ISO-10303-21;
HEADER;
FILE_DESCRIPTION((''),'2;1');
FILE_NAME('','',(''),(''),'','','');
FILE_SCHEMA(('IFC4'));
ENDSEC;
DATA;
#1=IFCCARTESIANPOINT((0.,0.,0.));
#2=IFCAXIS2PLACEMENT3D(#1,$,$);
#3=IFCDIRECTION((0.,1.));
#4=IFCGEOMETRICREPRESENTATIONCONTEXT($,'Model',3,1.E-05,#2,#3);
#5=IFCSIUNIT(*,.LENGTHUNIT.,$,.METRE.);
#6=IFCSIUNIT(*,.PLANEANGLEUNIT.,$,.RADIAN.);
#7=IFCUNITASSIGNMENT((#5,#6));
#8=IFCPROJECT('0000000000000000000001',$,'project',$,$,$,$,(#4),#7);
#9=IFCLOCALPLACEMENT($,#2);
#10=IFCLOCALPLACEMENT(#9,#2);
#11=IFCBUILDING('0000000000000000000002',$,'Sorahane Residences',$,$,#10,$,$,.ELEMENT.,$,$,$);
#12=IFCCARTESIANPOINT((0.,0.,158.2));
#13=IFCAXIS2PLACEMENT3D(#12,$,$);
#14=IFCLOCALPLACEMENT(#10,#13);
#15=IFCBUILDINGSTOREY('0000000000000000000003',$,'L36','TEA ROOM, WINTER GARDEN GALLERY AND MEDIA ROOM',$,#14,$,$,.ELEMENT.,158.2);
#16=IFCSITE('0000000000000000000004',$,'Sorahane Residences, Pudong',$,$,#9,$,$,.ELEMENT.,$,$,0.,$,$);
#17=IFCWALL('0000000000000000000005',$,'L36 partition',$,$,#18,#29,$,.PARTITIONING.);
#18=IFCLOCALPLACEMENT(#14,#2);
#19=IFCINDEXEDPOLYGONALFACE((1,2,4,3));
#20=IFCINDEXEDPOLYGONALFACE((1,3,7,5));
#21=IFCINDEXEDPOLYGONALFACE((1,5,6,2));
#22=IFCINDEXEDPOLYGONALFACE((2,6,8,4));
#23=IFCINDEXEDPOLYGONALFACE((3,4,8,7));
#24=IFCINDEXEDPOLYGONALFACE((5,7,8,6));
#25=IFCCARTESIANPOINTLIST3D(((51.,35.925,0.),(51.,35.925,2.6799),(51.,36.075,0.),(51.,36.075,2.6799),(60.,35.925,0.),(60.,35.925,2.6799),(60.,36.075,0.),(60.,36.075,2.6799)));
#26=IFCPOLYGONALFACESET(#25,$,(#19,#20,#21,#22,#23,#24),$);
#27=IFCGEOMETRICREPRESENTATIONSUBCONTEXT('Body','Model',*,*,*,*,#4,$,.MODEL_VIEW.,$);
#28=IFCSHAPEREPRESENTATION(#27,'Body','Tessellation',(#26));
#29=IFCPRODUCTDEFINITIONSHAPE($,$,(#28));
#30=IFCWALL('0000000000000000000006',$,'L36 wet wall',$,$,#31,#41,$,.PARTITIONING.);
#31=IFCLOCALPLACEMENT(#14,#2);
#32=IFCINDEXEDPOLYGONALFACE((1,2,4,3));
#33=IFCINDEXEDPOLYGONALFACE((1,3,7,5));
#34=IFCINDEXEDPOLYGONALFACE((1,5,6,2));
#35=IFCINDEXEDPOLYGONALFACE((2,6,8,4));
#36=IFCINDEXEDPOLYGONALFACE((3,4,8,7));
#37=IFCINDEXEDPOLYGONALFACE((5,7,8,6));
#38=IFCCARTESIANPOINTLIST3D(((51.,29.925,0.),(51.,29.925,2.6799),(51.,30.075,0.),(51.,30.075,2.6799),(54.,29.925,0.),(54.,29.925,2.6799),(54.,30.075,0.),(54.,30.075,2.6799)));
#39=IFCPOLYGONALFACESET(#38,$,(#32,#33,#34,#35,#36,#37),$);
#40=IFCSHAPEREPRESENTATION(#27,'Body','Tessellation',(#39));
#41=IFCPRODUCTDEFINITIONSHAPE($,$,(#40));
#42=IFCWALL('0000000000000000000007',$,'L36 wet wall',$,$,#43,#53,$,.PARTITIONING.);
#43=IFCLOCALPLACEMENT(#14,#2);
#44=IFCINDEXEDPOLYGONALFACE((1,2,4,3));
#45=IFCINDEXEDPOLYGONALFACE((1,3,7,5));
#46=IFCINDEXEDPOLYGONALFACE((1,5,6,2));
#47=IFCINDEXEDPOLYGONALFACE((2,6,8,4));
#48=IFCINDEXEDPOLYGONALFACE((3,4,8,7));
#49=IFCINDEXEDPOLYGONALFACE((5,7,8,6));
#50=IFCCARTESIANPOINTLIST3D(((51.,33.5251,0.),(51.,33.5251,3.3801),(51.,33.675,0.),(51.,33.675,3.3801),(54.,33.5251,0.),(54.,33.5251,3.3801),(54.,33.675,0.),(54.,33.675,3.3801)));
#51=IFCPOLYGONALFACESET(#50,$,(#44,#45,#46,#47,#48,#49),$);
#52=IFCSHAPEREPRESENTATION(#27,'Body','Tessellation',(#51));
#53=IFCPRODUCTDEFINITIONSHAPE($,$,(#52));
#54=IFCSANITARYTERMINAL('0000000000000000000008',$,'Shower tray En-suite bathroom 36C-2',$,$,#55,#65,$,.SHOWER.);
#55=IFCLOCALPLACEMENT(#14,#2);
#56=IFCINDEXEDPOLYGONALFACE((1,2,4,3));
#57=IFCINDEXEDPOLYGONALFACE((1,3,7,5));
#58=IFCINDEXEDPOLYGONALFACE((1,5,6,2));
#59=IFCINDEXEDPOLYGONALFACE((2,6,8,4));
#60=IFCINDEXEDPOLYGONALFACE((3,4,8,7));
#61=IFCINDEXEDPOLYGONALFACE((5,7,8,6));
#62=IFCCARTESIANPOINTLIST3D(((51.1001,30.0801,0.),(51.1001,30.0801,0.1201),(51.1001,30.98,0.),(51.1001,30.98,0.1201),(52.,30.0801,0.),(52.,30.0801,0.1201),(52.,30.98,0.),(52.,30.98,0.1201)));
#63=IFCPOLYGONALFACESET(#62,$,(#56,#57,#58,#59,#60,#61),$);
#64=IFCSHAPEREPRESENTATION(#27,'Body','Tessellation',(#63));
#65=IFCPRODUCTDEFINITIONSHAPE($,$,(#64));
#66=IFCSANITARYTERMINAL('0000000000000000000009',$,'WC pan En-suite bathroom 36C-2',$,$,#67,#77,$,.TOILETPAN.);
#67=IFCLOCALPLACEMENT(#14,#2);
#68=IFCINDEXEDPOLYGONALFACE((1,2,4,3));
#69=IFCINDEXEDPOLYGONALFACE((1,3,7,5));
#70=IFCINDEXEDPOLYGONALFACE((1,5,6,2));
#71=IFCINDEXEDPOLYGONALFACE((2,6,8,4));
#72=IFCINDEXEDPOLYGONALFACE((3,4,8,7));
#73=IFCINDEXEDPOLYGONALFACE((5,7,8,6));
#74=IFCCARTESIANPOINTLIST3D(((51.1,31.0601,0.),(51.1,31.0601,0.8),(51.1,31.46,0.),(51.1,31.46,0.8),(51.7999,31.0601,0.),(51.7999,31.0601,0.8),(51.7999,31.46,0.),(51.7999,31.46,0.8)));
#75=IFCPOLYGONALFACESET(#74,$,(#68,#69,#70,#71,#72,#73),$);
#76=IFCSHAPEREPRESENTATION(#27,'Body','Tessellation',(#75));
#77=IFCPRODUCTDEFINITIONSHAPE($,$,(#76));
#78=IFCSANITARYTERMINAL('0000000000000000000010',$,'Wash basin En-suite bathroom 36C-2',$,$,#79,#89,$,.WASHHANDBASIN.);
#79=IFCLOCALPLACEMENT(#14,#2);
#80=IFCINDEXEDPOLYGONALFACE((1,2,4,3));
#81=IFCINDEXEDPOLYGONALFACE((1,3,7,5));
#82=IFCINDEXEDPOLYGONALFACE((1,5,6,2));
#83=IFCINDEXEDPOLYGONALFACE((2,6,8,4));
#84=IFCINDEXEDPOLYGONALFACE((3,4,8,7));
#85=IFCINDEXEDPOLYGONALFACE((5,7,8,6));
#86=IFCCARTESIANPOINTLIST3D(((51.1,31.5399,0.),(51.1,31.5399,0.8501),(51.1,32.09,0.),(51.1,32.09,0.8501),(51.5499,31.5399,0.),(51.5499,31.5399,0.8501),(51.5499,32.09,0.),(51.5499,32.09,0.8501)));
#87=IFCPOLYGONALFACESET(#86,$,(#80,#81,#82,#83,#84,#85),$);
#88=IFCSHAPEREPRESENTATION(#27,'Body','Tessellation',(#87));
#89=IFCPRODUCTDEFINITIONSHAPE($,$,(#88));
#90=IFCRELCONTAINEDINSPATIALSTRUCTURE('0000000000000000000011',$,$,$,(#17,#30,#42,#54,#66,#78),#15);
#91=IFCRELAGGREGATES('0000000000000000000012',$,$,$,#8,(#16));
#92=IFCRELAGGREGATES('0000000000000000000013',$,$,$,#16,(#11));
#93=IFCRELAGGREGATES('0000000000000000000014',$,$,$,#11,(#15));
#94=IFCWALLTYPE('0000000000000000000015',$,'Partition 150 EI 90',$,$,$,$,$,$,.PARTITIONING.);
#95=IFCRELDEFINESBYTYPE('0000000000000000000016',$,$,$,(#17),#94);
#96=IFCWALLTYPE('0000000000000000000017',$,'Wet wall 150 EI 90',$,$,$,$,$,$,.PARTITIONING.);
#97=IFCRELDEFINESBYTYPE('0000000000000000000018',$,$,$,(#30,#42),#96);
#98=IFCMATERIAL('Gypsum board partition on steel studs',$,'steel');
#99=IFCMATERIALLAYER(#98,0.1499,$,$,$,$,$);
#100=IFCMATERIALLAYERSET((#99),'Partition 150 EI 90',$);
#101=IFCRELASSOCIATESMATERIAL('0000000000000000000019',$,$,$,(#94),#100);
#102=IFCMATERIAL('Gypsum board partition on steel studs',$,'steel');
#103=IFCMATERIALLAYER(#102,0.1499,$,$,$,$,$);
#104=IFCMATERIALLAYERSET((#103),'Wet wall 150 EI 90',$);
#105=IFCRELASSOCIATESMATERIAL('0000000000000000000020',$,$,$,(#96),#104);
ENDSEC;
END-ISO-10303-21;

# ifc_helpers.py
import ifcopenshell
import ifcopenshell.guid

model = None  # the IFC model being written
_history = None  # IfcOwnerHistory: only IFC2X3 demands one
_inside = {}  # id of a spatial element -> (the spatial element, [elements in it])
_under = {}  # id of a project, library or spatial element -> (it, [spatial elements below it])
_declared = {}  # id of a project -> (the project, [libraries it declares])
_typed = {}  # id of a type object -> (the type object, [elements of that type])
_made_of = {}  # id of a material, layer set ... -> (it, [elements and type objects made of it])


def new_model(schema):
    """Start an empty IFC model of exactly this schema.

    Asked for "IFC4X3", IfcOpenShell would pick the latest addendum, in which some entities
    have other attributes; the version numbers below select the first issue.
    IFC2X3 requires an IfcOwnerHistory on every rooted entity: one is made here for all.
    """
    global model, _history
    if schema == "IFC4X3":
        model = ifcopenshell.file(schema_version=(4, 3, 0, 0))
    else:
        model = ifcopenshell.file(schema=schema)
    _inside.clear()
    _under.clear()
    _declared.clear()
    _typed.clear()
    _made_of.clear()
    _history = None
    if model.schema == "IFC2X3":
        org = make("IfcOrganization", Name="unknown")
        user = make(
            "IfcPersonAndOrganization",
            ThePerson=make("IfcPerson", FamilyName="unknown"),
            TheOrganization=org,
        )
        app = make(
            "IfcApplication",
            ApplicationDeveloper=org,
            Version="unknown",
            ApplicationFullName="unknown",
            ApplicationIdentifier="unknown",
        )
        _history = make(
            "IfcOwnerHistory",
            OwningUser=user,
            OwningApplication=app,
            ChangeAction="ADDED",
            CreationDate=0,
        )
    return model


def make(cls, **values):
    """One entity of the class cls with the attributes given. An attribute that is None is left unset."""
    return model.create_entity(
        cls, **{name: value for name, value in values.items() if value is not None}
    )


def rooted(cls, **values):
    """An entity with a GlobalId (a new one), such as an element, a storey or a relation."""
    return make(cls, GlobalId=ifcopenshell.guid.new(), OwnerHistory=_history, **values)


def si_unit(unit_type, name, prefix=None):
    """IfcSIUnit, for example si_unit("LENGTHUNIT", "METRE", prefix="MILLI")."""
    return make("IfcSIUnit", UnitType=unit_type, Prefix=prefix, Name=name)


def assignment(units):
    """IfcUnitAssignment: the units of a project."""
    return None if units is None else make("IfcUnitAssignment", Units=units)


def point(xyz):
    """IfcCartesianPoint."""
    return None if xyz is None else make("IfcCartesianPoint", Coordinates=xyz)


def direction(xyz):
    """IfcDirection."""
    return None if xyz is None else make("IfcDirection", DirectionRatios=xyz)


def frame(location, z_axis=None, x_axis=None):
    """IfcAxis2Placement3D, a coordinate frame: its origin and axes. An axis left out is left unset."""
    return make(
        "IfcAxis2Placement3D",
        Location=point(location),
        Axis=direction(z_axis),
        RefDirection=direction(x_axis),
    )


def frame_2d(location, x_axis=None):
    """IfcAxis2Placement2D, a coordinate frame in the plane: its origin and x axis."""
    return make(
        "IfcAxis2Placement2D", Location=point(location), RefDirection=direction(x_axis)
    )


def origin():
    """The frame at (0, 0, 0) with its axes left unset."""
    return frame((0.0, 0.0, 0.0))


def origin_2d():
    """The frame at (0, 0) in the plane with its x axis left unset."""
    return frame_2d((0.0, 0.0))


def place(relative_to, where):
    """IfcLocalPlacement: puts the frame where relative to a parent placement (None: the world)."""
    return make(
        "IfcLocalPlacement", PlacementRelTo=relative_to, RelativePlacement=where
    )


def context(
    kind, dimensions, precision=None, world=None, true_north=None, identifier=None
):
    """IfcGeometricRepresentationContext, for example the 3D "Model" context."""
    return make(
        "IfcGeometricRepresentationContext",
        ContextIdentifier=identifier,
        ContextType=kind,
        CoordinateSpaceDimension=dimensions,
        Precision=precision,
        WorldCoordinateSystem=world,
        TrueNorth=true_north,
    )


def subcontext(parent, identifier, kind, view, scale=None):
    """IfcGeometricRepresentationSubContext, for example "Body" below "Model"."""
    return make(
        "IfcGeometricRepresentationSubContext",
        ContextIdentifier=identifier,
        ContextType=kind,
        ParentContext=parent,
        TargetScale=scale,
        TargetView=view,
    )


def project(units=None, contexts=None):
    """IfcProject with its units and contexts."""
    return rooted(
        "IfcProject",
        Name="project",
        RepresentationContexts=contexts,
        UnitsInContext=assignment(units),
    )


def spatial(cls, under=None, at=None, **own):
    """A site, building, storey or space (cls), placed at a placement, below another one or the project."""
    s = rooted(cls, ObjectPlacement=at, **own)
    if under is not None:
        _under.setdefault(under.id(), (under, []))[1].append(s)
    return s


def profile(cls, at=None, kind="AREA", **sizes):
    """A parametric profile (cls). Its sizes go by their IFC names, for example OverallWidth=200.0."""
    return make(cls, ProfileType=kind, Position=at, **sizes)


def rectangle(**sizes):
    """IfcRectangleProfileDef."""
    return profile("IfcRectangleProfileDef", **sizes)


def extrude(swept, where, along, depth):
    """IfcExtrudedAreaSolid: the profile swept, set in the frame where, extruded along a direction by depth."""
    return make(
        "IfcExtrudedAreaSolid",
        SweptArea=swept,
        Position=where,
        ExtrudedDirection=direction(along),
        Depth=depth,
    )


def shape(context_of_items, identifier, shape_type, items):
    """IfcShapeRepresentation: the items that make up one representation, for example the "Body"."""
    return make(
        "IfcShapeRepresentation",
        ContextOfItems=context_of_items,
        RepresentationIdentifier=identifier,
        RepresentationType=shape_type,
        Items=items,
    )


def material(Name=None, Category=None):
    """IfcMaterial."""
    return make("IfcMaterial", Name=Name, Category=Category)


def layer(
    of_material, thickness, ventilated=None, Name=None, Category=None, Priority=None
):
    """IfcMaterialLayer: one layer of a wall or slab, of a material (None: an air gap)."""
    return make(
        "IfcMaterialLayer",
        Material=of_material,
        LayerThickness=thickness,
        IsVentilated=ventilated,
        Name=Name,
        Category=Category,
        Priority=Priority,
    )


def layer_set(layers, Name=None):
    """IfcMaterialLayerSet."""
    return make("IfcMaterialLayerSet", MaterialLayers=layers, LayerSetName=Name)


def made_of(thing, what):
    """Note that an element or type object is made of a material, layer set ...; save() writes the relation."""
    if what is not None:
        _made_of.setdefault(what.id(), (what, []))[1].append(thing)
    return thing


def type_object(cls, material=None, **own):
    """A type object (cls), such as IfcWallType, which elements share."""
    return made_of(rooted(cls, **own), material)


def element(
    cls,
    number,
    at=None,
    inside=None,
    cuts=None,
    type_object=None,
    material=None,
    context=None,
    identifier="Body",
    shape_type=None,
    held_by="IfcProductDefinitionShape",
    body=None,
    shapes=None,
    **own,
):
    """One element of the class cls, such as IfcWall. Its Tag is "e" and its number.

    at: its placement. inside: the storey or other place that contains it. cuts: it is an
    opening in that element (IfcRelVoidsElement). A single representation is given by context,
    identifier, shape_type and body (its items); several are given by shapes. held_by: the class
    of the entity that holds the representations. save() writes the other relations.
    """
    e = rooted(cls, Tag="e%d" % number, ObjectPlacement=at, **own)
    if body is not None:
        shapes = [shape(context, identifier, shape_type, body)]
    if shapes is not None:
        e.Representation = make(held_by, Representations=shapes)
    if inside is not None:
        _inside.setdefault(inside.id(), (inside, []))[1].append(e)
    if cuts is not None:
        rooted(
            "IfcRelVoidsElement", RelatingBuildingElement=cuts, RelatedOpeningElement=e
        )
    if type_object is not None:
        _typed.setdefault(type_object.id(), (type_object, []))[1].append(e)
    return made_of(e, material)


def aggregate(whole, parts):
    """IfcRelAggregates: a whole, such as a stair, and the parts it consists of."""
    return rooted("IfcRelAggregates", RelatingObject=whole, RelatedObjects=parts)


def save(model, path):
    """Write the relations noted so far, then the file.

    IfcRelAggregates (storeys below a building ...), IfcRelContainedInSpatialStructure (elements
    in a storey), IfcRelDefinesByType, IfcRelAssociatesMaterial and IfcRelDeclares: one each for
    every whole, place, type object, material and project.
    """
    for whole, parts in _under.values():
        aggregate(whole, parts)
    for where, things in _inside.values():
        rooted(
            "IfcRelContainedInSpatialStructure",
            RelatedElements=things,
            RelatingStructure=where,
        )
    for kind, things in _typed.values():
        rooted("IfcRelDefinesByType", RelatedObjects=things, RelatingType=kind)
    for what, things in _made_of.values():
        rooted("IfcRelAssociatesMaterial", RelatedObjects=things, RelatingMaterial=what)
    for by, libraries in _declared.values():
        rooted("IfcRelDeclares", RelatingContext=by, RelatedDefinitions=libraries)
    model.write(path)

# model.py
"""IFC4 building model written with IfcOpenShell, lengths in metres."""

from ifc_helpers import new_model, si_unit, direction, frame, frame_2d, origin, origin_2d, place, context, subcontext, project, spatial, rectangle, extrude, material, layer, layer_set, type_object, element, save


model = new_model("IFC4")

# Units and contexts
model_context = context("Model", 3, precision=1e-05, world=origin(), true_north=direction((0.0, 1.0)))
body_context = subcontext(model_context, "Body", "Model", "MODEL_VIEW")
ifc_project = project(units=[si_unit("LENGTHUNIT", "METRE"), si_unit("PLANEANGLEUNIT", "RADIAN")], contexts=[model_context])

# Site, building, storey
site_placement = place(None, origin())
site = spatial("IfcSite", under=ifc_project, at=site_placement, Name="Sorahane Residences, Pudong", CompositionType="ELEMENT", RefElevation=0.0)
building_placement = place(site_placement, origin())
building = spatial("IfcBuilding", under=site, at=building_placement, Name="Sorahane Residences", CompositionType="ELEMENT")
storey_placement = place(building_placement, frame((0.0, 0.0, 158.2)))
storey = spatial("IfcBuildingStorey", under=building, at=storey_placement, Name="L36", Description="TEA ROOM, WINTER GARDEN GALLERY AND MEDIA ROOM", CompositionType="ELEMENT", Elevation=158.2)

# Shared definitions
ifc_material_1 = material(Name="Gypsum board partition on steel studs", Category="steel")
ifc_layer_1 = layer(ifc_material_1, 0.1499)
ifc_layer_set_1 = layer_set([ifc_layer_1], Name="Partition 150 EI 90")
wall_type_1 = type_object("IfcWallType", Name="Partition 150 EI 90", PredefinedType="PARTITIONING", material=ifc_layer_set_1)

# Wall
wall_1_placement = place(storey_placement, frame((51.0, 36.0, 0.0), z_axis=(0.0, 0.0, 1.0), x_axis=(1.0, 0.0, 0.0)))
element("IfcWall", 1, at=wall_1_placement, inside=storey, type_object=wall_type_1, Name="L36 partition", PredefinedType="PARTITIONING", context=body_context, shape_type="SweptSolid", body=[
    extrude(rectangle(XDim=9.0, YDim=0.1499, at=frame_2d((4.5, 0.0))), origin(), (0.0, 0.0, 1.0), 2.6799),
])

# Shared definitions
ifc_material_2 = material(Name="Gypsum board partition on steel studs", Category="steel")
ifc_layer_2 = layer(ifc_material_2, 0.1499)
ifc_layer_set_2 = layer_set([ifc_layer_2], Name="Wet wall 150 EI 90")
wall_type_2 = type_object("IfcWallType", Name="Wet wall 150 EI 90", PredefinedType="PARTITIONING", material=ifc_layer_set_2)

# Walls
wall_2_placement = place(storey_placement, frame((51.0, 30.0, 0.0), z_axis=(0.0, 0.0, 1.0), x_axis=(1.0, 0.0, 0.0)))
element("IfcWall", 2, at=wall_2_placement, inside=storey, type_object=wall_type_2, Name="L36 wet wall", PredefinedType="PARTITIONING", context=body_context, shape_type="SweptSolid", body=[
    extrude(rectangle(XDim=3.0, YDim=0.1499, at=frame_2d((1.5, 0.0))), origin(), (0.0, 0.0, 1.0), 2.6799),
])
wall_3_placement = place(storey_placement, frame((51.0, 33.6001, 0.0), z_axis=(0.0, 0.0, 1.0), x_axis=(1.0, 0.0, 0.0)))
element("IfcWall", 3, at=wall_3_placement, inside=storey, type_object=wall_type_2, Name="L36 wet wall", PredefinedType="PARTITIONING", context=body_context, shape_type="SweptSolid", body=[
    extrude(rectangle(XDim=3.0, YDim=0.1499, at=frame_2d((1.5, 0.0))), origin(), (0.0, 0.0, 1.0), 3.3801),
])

# Sanitary terminals
sanitary_terminal_1_placement = place(storey_placement, frame((51.55, 30.53, 0.0), z_axis=(0.0, 0.0, 1.0), x_axis=(0.0, 1.0, 0.0)))
element("IfcSanitaryTerminal", 4, at=sanitary_terminal_1_placement, inside=storey, Name="Shower tray En-suite bathroom 36C-2", PredefinedType="SHOWER", context=body_context, shape_type="SweptSolid", body=[
    extrude(rectangle(XDim=0.8999, YDim=0.8999, at=origin_2d()), origin(), (0.0, 0.0, 1.0), 0.1201),
])
sanitary_terminal_2_placement = place(storey_placement, frame((51.45, 31.26, 0.0), z_axis=(0.0, 0.0, 1.0), x_axis=(0.0, 1.0, 0.0)))
element("IfcSanitaryTerminal", 5, at=sanitary_terminal_2_placement, inside=storey, Name="WC pan En-suite bathroom 36C-2", PredefinedType="TOILETPAN", context=body_context, shape_type="SweptSolid", body=[
    extrude(rectangle(XDim=0.3999, YDim=0.7, at=origin_2d()), origin(), (0.0, 0.0, 1.0), 0.8),
])
sanitary_terminal_3_placement = place(storey_placement, frame((51.325, 31.8149, 0.0), z_axis=(0.0, 0.0, 1.0), x_axis=(0.0, 1.0, 0.0)))
element("IfcSanitaryTerminal", 6, at=sanitary_terminal_3_placement, inside=storey, Name="Wash basin En-suite bathroom 36C-2", PredefinedType="WASHHANDBASIN", context=body_context, shape_type="SweptSolid", body=[
    extrude(rectangle(XDim=0.55, YDim=0.45, at=origin_2d()), origin(), (0.0, 0.0, 1.0), 0.8501),
])

save(model, "model.ifc")
